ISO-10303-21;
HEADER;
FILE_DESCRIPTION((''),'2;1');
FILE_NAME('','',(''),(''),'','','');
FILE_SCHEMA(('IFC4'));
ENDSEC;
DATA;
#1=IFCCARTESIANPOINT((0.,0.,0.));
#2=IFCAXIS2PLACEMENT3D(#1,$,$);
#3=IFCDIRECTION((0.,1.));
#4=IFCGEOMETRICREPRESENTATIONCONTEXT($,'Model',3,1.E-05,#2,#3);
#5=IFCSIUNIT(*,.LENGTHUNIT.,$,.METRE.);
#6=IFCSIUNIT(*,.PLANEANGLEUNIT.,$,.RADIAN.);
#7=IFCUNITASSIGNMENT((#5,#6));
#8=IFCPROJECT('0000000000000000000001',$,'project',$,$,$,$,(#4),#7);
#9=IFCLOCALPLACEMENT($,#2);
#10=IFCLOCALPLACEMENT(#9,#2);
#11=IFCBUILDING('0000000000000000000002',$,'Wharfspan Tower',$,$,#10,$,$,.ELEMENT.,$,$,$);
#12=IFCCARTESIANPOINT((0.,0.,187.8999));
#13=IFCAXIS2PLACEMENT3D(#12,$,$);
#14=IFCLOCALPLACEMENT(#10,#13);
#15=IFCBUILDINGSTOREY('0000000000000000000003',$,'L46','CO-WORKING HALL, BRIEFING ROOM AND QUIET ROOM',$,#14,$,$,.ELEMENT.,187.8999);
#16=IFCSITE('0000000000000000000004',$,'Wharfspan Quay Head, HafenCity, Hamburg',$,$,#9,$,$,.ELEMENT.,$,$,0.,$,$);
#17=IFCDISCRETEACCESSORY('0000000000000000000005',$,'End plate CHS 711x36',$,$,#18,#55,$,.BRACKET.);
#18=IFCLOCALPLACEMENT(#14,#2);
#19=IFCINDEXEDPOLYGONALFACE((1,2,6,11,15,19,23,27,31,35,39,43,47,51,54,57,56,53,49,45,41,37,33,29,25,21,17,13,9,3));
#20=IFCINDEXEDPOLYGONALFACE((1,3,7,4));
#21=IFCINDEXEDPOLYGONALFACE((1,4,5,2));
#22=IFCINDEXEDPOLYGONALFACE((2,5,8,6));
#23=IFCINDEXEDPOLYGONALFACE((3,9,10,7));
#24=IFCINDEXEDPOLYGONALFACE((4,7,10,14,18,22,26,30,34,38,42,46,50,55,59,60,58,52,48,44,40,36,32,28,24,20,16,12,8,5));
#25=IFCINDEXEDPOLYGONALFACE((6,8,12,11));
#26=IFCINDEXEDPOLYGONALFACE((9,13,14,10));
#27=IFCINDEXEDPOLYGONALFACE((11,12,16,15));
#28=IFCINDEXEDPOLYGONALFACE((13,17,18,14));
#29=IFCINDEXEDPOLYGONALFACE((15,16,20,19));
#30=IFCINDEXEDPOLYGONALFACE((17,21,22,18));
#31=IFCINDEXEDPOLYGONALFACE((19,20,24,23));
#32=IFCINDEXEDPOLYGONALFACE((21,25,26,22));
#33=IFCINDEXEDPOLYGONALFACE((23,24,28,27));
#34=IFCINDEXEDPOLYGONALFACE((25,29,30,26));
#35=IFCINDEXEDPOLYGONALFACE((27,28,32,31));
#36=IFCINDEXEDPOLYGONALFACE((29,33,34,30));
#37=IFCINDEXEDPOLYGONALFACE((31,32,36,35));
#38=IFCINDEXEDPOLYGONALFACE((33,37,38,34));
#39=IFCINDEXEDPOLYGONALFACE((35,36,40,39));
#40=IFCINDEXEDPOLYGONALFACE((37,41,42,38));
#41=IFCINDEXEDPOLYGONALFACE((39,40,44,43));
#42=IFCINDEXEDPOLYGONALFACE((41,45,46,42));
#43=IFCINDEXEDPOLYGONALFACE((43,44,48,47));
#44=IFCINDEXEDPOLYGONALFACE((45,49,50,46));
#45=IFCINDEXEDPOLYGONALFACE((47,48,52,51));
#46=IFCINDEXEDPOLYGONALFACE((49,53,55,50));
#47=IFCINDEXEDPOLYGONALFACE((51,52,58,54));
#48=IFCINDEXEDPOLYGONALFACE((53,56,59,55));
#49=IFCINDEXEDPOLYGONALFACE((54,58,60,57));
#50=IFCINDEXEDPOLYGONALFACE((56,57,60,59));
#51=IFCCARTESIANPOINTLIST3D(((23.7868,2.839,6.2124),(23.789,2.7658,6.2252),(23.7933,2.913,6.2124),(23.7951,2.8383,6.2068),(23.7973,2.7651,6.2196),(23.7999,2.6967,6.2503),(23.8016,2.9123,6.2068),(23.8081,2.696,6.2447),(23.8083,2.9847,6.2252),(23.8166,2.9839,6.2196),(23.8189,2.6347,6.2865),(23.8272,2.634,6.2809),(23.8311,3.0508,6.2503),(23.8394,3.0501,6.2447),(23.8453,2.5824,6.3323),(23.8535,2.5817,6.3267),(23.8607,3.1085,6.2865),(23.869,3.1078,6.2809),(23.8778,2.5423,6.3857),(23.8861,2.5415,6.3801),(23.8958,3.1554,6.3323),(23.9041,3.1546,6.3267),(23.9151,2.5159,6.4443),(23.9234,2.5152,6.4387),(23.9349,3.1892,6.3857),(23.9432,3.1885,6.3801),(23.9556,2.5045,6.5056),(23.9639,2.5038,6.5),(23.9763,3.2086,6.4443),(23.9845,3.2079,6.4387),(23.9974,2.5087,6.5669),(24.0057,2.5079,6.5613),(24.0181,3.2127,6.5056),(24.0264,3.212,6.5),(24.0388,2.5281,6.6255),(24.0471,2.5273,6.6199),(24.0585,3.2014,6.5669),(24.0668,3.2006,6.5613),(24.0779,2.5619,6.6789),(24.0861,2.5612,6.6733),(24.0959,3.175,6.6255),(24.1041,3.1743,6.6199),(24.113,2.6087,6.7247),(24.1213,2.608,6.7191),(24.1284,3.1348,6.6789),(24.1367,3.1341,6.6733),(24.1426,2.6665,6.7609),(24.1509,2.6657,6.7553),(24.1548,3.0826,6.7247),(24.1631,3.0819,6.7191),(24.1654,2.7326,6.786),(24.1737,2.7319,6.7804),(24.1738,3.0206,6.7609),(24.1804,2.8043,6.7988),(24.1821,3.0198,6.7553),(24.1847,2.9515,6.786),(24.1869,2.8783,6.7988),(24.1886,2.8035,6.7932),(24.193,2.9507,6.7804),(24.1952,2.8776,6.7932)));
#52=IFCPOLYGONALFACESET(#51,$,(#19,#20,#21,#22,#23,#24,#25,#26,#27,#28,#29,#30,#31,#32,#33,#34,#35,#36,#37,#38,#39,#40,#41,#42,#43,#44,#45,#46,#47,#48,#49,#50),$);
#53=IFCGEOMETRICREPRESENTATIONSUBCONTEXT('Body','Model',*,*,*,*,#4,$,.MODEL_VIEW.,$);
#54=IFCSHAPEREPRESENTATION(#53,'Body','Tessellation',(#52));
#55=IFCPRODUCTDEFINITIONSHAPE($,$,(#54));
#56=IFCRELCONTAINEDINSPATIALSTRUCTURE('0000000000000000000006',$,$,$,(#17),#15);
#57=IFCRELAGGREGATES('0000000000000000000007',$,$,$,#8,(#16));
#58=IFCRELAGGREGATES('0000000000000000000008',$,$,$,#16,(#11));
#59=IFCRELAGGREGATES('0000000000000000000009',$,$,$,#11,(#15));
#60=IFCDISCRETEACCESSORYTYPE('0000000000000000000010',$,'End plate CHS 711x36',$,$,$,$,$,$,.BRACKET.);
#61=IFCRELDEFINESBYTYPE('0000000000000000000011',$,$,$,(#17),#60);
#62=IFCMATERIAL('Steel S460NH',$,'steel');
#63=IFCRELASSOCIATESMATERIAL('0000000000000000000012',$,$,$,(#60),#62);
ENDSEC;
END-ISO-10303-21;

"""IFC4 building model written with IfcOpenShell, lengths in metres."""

from ifc_helpers import new_model, si_unit, direction, frame, origin, origin_2d, place, context, subcontext, project, spatial, circle, extrude, material, material_profile, profile_set, type_object, element, save


model = new_model("IFC4")

# Units and contexts
model_context = context("Model", 3, precision=1e-05, world=origin(), true_north=direction((0.0, 1.0)))
body_context = subcontext(model_context, "Body", "Model", "MODEL_VIEW")
ifc_project = project(units=[si_unit("LENGTHUNIT", "METRE"), si_unit("PLANEANGLEUNIT", "RADIAN")], contexts=[model_context])

# Site, building, storey
site_placement = place(None, origin())
site = spatial("IfcSite", under=ifc_project, at=site_placement, Name="Wharfspan Quay Head, HafenCity, Hamburg", CompositionType="ELEMENT", RefElevation=0.0)
building_placement = place(site_placement, origin())
building = spatial("IfcBuilding", under=site, at=building_placement, Name="Wharfspan Tower", CompositionType="ELEMENT")
storey_placement = place(building_placement, frame((0.0, 0.0, 187.8999)))
storey = spatial("IfcBuildingStorey", under=building, at=storey_placement, Name="L46", Description="CO-WORKING HALL, BRIEFING ROOM AND QUIET ROOM", CompositionType="ELEMENT", Elevation=187.8999)

# Discrete accessory
ifc_material_1 = material(Name="Steel S460NH", Category="steel")
ifc_material_profile_1 = material_profile(ifc_material_1, circle(Radius=0.3555, at=origin_2d()))
ifc_profile_set_1 = profile_set([ifc_material_profile_1], Name="Steel S460NH")
discrete_accessory_type = type_object("IfcDiscreteAccessoryType", Name="End plate CHS 711x36", PredefinedType="BRACKET", material=ifc_profile_set_1)
discrete_accessory_placement = place(storey_placement, frame((23.9951, 2.8579, 6.5), z_axis=(-0.82608, 0.072889, 0.558819), x_axis=(-0.087894, -0.99613, -0.000001)))
element("IfcDiscreteAccessory", 1, at=discrete_accessory_placement, inside=storey, type_object=discrete_accessory_type, Name="End plate CHS 711x36", PredefinedType="BRACKET", context=body_context, shape_type="SweptSolid", body=[
    extrude(circle(Radius=0.3555, at=origin_2d()), origin(), (0.0, 0.0, 1.0), 0.01),
])

save(model, "model.ifc")
